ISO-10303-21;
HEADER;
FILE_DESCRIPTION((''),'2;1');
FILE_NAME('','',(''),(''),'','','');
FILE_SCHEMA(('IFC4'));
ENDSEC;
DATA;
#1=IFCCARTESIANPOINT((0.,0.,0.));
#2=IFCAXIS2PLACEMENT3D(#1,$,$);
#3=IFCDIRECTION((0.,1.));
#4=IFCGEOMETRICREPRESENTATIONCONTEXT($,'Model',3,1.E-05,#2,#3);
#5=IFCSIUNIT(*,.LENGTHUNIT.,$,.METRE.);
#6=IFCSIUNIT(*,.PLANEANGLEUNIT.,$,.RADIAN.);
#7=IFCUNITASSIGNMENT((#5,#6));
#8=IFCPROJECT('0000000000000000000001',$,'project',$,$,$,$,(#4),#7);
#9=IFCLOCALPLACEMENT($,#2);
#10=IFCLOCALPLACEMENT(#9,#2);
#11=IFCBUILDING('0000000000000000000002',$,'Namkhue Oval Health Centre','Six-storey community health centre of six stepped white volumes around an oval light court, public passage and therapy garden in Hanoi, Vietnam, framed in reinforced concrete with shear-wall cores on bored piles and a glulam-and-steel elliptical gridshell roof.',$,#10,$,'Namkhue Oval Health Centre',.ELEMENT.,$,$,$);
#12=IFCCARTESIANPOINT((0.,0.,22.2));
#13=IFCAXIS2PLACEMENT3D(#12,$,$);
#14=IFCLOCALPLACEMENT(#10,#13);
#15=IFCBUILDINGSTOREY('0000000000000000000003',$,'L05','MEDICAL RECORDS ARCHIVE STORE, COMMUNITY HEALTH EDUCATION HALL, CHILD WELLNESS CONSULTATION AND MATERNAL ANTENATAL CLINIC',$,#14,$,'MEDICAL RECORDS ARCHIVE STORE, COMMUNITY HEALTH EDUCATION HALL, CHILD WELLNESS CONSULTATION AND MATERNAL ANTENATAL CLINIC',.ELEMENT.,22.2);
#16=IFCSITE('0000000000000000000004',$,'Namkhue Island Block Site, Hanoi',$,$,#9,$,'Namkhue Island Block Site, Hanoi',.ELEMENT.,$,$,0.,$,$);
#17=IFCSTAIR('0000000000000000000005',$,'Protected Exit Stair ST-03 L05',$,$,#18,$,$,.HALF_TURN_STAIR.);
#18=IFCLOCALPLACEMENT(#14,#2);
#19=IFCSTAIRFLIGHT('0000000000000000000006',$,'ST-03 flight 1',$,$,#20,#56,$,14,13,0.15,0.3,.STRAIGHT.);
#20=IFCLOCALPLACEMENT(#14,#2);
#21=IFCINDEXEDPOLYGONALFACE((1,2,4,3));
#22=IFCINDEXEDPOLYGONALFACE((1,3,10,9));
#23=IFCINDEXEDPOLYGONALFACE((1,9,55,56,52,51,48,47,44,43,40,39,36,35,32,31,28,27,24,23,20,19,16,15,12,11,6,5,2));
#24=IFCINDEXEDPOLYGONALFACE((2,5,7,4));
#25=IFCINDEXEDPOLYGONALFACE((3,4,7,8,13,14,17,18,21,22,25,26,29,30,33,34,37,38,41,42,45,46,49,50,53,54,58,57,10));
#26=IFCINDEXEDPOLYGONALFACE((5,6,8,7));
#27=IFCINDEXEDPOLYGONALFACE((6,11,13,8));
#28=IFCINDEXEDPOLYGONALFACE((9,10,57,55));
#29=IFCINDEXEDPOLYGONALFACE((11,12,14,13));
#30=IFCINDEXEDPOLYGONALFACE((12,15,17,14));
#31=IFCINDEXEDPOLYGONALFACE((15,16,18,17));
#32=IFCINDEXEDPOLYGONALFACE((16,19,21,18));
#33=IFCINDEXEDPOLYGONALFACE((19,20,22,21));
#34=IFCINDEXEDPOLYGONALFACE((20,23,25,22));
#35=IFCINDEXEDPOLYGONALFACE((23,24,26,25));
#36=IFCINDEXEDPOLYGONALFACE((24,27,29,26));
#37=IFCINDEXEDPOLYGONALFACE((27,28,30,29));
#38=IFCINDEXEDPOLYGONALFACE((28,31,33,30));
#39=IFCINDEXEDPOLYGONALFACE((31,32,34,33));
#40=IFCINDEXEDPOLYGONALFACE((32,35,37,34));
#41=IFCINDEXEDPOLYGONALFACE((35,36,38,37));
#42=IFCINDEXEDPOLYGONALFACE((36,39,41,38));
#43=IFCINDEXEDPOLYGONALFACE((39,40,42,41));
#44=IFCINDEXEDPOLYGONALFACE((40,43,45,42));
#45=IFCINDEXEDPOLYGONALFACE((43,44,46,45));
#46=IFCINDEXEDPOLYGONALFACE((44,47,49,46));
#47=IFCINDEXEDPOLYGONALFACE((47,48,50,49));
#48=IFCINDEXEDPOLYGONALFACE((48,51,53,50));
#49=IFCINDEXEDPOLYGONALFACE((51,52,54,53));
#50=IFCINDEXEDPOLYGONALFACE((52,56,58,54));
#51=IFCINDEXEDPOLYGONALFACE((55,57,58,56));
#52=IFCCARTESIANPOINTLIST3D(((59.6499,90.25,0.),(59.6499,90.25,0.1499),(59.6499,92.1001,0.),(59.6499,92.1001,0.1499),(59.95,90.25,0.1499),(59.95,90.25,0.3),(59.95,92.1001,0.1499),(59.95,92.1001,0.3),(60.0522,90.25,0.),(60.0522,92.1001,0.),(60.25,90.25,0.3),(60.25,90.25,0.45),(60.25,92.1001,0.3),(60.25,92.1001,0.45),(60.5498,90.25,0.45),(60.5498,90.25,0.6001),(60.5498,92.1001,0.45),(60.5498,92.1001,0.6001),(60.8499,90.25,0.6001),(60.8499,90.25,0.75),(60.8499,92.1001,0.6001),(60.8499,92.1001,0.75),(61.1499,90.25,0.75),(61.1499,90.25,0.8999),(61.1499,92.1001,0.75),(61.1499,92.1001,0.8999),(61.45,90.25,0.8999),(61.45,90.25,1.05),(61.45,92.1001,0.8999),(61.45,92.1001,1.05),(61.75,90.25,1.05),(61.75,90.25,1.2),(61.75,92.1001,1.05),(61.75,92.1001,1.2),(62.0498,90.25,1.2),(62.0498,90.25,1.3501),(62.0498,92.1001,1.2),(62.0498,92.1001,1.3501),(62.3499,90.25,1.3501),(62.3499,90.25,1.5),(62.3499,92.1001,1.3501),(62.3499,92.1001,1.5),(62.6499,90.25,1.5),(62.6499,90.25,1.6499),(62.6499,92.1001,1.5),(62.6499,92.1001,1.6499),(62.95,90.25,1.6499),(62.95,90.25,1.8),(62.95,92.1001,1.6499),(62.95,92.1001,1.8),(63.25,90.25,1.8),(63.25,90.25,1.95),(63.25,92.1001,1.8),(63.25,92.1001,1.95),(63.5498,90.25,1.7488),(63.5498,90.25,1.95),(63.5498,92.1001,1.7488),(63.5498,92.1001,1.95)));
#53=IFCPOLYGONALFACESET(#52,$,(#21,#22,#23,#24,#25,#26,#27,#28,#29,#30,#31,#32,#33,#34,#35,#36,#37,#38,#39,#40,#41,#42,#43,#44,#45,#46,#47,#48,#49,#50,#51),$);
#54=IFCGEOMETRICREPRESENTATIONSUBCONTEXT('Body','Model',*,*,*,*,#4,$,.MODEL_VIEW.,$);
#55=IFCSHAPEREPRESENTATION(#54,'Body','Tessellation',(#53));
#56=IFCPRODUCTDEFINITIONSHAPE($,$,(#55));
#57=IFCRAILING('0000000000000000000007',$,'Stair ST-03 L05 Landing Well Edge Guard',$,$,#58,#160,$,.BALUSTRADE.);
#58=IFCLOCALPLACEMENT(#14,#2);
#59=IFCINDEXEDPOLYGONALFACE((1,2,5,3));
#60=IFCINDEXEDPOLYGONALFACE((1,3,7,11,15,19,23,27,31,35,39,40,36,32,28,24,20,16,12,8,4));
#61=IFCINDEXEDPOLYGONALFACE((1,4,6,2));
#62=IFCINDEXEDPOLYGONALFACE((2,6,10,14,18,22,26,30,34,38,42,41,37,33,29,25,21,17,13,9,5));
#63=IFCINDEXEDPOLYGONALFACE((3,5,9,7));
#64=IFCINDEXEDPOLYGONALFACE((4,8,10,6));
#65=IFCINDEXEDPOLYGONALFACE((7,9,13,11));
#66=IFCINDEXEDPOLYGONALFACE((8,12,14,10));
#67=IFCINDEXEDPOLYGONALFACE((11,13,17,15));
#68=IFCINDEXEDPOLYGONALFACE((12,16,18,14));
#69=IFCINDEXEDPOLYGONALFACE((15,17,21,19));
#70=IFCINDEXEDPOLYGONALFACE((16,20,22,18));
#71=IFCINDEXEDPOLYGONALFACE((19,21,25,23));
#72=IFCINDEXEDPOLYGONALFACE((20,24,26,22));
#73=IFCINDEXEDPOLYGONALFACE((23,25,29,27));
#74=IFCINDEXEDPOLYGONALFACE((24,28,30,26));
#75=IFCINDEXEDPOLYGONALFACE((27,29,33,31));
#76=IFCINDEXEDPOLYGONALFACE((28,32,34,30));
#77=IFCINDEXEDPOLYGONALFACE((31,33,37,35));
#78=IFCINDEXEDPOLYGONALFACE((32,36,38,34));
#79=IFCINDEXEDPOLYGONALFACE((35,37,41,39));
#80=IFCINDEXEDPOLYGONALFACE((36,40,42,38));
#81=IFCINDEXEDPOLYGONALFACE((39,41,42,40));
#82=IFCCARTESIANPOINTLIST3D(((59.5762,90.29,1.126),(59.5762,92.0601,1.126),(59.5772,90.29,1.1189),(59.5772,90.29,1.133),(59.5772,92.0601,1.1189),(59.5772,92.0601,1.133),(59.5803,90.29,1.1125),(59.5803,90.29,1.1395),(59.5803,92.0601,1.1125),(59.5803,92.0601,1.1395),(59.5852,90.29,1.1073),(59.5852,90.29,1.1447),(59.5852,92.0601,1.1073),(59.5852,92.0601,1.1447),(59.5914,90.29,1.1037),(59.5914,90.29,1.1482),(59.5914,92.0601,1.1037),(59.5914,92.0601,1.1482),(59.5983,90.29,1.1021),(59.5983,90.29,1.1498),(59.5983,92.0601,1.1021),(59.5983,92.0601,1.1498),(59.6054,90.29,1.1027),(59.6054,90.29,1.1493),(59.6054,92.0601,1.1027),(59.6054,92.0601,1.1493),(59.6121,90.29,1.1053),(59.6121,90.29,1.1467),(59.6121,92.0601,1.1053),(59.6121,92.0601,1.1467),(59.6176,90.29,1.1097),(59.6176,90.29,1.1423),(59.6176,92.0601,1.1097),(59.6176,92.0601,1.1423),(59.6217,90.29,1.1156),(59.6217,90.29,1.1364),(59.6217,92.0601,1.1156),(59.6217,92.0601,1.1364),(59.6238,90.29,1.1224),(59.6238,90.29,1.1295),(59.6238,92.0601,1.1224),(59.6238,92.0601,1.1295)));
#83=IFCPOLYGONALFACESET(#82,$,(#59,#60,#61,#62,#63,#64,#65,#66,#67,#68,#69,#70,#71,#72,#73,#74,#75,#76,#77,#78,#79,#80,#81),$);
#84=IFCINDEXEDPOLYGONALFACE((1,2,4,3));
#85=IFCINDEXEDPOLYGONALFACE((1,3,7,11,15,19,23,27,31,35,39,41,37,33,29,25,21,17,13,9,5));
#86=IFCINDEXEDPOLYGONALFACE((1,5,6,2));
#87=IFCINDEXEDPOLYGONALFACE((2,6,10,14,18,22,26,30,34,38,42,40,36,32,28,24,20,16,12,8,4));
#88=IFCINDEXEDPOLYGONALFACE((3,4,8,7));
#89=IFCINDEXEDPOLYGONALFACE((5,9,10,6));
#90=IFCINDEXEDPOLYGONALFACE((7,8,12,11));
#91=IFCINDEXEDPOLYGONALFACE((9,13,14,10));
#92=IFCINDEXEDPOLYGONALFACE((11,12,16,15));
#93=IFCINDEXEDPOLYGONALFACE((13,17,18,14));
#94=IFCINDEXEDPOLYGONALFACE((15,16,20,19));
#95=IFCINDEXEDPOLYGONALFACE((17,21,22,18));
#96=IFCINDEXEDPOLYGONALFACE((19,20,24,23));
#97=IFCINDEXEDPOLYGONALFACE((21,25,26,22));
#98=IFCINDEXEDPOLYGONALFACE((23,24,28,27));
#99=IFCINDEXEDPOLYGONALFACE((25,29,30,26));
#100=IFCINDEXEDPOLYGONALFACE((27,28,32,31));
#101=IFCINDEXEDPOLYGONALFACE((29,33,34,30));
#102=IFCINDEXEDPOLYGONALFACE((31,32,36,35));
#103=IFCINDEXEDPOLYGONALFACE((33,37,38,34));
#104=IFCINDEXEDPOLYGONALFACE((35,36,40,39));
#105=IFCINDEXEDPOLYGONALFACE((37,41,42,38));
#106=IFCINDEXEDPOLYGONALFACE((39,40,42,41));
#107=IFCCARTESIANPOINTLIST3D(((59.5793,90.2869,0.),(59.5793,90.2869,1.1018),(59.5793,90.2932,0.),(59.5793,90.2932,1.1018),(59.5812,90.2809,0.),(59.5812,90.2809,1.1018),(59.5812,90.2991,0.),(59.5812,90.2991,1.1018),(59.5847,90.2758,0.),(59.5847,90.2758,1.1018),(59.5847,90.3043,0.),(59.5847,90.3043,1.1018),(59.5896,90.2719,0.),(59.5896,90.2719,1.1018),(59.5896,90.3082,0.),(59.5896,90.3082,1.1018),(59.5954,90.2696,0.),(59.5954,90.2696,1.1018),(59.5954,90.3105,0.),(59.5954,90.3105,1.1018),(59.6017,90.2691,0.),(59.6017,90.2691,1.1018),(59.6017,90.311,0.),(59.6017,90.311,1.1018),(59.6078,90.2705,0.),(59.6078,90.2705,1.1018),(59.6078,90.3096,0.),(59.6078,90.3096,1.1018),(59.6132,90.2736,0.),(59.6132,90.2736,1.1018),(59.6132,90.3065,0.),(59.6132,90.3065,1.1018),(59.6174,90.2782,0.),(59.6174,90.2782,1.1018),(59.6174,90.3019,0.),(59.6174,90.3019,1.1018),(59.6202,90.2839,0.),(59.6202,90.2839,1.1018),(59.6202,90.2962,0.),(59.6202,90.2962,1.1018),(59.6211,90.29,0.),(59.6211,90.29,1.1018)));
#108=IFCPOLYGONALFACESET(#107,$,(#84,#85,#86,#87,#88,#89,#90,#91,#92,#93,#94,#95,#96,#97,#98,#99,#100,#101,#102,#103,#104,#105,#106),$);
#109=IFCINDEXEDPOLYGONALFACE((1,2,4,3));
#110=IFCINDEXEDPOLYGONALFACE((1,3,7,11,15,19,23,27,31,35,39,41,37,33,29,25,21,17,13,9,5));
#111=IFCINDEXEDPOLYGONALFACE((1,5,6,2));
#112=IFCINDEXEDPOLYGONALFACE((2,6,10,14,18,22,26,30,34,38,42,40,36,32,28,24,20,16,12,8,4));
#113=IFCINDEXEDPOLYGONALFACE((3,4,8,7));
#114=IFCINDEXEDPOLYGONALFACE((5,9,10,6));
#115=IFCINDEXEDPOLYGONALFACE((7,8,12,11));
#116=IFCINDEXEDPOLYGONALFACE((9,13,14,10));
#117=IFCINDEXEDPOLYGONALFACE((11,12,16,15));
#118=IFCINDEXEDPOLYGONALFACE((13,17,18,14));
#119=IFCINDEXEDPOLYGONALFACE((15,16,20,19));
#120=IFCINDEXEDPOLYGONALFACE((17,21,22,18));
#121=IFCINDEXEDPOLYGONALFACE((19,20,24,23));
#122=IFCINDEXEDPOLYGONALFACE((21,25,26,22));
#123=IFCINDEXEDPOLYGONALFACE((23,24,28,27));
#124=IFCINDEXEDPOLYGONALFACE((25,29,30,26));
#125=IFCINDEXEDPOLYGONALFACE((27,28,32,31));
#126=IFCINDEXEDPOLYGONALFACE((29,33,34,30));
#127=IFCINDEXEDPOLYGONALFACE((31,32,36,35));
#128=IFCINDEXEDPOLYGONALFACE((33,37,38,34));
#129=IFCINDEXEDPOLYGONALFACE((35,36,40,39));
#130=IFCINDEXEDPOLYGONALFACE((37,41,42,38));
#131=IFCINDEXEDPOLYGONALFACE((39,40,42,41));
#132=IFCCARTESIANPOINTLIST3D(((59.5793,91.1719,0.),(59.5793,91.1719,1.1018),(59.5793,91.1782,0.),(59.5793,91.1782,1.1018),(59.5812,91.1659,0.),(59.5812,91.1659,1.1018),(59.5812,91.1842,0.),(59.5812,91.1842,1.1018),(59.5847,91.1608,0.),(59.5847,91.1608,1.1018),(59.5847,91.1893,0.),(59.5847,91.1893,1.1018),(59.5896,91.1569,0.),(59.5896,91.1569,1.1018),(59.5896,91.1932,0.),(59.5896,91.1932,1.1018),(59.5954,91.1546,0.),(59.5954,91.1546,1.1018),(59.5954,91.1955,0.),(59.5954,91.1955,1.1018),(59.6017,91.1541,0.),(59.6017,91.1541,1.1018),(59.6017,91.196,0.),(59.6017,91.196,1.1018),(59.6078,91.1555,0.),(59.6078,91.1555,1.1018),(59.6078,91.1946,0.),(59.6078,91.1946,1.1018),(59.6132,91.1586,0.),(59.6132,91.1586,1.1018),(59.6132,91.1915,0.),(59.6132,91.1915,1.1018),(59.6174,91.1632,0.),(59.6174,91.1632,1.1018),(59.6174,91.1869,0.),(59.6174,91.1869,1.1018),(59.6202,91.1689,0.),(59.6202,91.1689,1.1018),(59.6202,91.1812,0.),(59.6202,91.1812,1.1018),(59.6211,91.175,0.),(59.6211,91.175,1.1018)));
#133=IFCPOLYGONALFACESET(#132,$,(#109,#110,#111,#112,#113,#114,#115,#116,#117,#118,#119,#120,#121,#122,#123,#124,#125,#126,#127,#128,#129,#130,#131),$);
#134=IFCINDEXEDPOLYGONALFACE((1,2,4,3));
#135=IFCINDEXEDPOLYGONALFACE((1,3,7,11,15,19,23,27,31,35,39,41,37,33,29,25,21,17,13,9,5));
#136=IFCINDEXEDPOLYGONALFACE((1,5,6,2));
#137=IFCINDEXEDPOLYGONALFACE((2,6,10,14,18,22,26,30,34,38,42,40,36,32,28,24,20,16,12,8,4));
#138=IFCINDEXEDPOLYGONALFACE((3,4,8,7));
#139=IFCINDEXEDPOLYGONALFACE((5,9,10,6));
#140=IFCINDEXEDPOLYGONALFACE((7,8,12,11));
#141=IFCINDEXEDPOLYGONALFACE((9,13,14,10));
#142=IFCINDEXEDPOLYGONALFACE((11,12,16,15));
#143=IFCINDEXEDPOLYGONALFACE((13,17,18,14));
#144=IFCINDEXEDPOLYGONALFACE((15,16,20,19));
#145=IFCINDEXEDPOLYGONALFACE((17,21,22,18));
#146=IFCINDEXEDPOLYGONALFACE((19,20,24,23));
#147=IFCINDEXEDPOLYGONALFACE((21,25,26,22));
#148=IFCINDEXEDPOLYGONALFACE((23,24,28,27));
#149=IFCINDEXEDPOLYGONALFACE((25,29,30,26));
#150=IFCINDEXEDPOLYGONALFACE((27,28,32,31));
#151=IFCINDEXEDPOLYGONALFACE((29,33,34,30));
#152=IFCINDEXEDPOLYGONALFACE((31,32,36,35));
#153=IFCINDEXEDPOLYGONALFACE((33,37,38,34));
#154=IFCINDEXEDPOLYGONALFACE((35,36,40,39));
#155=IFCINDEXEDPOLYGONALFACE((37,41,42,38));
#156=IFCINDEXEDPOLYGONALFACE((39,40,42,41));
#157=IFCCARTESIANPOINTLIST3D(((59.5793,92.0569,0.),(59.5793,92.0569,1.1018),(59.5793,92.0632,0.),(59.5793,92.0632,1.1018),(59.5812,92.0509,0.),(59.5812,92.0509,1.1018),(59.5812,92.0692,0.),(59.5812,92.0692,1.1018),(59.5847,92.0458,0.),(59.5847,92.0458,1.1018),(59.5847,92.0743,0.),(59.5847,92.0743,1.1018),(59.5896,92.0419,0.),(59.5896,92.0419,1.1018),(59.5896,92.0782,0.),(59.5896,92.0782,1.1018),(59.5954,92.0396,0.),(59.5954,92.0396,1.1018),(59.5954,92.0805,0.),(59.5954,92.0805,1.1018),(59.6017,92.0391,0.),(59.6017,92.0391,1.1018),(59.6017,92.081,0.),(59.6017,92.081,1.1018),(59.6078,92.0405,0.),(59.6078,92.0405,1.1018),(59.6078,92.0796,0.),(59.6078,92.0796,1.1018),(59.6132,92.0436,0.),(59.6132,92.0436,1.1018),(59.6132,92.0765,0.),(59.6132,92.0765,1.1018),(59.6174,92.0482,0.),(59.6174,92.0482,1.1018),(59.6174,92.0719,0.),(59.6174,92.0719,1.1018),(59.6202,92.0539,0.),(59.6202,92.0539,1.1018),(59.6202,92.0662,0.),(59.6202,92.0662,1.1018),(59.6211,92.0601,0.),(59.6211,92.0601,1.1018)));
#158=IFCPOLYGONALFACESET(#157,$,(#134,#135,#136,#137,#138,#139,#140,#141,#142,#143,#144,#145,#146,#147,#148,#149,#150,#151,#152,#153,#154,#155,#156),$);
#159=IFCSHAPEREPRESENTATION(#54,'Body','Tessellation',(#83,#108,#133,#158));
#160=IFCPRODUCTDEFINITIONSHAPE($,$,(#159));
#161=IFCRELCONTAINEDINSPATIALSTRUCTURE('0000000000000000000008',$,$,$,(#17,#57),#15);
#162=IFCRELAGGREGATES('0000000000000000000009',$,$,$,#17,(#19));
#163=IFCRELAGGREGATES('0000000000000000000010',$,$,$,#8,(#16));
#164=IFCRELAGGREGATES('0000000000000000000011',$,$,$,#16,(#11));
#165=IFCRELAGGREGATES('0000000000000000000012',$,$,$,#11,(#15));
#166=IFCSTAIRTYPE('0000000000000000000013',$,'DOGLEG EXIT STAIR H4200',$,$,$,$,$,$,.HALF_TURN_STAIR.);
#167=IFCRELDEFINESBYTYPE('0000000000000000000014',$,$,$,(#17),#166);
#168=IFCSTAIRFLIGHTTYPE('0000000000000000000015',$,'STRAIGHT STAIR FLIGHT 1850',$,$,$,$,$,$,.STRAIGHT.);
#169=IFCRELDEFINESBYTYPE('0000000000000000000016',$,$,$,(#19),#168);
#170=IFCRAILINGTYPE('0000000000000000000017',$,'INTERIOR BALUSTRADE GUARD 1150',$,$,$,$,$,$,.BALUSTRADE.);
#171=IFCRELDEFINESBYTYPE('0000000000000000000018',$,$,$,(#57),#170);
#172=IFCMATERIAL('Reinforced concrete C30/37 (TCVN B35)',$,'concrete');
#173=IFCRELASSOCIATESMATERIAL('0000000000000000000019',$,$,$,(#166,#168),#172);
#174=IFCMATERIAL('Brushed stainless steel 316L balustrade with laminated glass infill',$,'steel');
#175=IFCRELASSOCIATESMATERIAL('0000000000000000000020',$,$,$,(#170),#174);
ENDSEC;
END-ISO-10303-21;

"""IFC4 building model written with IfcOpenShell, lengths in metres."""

from ifc_helpers import new_model, si_unit, direction, frame, origin, origin_2d, place, context, subcontext, project, spatial, polyline, circle, outline, extrude, material, type_object, element, aggregate, save


model = new_model("IFC4")

# Units and contexts
model_context = context("Model", 3, precision=1e-05, world=origin(), true_north=direction((0.0, 1.0)))
body_context = subcontext(model_context, "Body", "Model", "MODEL_VIEW")
ifc_project = project(units=[si_unit("LENGTHUNIT", "METRE"), si_unit("PLANEANGLEUNIT", "RADIAN")], contexts=[model_context])

# Site, building, storey
site_placement = place(None, origin())
site = spatial("IfcSite", under=ifc_project, at=site_placement, Name="Namkhue Island Block Site, Hanoi", LongName="Namkhue Island Block Site, Hanoi", CompositionType="ELEMENT", RefElevation=0.0)
building_placement = place(site_placement, origin())
building = spatial("IfcBuilding", under=site, at=building_placement, Name="Namkhue Oval Health Centre", Description="Six-storey community health centre of six stepped white volumes around an oval light court, public passage and therapy garden in Hanoi, Vietnam, framed in reinforced concrete with shear-wall cores on bored piles and a glulam-and-steel elliptical gridshell roof.", LongName="Namkhue Oval Health Centre", CompositionType="ELEMENT")
storey_placement = place(building_placement, frame((0.0, 0.0, 22.2)))
storey = spatial("IfcBuildingStorey", under=building, at=storey_placement, Name="L05", Description="MEDICAL RECORDS ARCHIVE STORE, COMMUNITY HEALTH EDUCATION HALL, CHILD WELLNESS CONSULTATION AND MATERNAL ANTENATAL CLINIC", LongName="MEDICAL RECORDS ARCHIVE STORE, COMMUNITY HEALTH EDUCATION HALL, CHILD WELLNESS CONSULTATION AND MATERNAL ANTENATAL CLINIC", CompositionType="ELEMENT", Elevation=22.2)

# Shared definitions
ifc_material_1 = material(Name="Reinforced concrete C30/37 (TCVN B35)", Category="concrete")

# Stair, stair flight
stair_type = type_object("IfcStairType", Name="DOGLEG EXIT STAIR H4200", PredefinedType="HALF_TURN_STAIR", material=ifc_material_1)
stair_placement = place(storey_placement, origin())
stair = element("IfcStair", 1, at=stair_placement, inside=storey, type_object=stair_type, Name="Protected Exit Stair ST-03 L05", PredefinedType="HALF_TURN_STAIR")
stair_flight_type = type_object("IfcStairFlightType", Name="STRAIGHT STAIR FLIGHT 1850", PredefinedType="STRAIGHT", material=ifc_material_1)
stair_flight_placement = place(storey_placement, frame((59.6499, 91.175, 0.0), z_axis=(0.0, 0.0, 1.0), x_axis=(1.0, 0.0, 0.0)))
stair_flight = element("IfcStairFlight", 2, at=stair_flight_placement, type_object=stair_flight_type, Name="ST-03 flight 1", NumberOfRisers=14, NumberOfTreads=13, PredefinedType="STRAIGHT", RiserHeight=0.15, TreadLength=0.3, context=body_context, shape_type="SweptSolid", body=[
    extrude(outline(polyline([(0.0, 0.0), (0.0, 0.1499), (0.3, 0.1499), (0.3, 0.3), (0.6001, 0.3), (0.6001, 0.45), (0.8999, 0.45), (0.8999, 0.6001), (1.2, 0.6001), (1.2, 0.75), (1.5, 0.75), (1.5, 0.8999), (1.8, 0.8999), (1.8, 1.05), (2.1001, 1.05), (2.1001, 1.2), (2.3999, 1.2), (2.3999, 1.3501), (2.7, 1.3501), (2.7, 1.5), (3.0, 1.5), (3.0, 1.6499), (3.3, 1.6499), (3.3, 1.8), (3.6001, 1.8), (3.6001, 1.95), (3.8999, 1.95), (3.8999, 2.1001), (3.8999, 1.7488), (0.4023, 0.0), (0.0, 0.0)])), frame((0.0, 0.925, 0.0), z_axis=(0.0, -1.0, 0.0), x_axis=(1.0, 0.0, 0.0)), (0.0, 0.0, 1.0), 1.8501),
])
aggregate(stair, [stair_flight])

# Railing
ifc_material_2 = material(Name="Brushed stainless steel 316L balustrade with laminated glass infill", Category="steel")
railing_type_1 = type_object("IfcRailingType", Name="INTERIOR BALUSTRADE GUARD 1150", PredefinedType="BALUSTRADE", material=ifc_material_2)
railing_1_placement = place(storey_placement, frame((59.6001, 90.29, 0.0)))
element("IfcRailing", 3, at=railing_1_placement, inside=storey, type_object=railing_type_1, Name="Stair ST-03 L05 Landing Well Edge Guard", PredefinedType="BALUSTRADE", context=body_context, shape_type="SweptSolid", body=[
    extrude(circle(Radius=0.0239, at=origin_2d()), frame((0.0, 0.0, 1.126), z_axis=(0.0, 1.0, 0.0), x_axis=(-1.0, 0.0, 0.0)), (0.0, 0.0, 1.0), 1.77),
    extrude(circle(Radius=0.021, at=origin_2d()), origin(), (0.0, 0.0, 1.0), 1.1018),
    extrude(circle(Radius=0.021, at=origin_2d()), frame((0.0, 0.885, 0.0)), (0.0, 0.0, 1.0), 1.1018),
    extrude(circle(Radius=0.021, at=origin_2d()), frame((0.0, 1.77, 0.0)), (0.0, 0.0, 1.0), 1.1018),
])

save(model, "model.ifc")
